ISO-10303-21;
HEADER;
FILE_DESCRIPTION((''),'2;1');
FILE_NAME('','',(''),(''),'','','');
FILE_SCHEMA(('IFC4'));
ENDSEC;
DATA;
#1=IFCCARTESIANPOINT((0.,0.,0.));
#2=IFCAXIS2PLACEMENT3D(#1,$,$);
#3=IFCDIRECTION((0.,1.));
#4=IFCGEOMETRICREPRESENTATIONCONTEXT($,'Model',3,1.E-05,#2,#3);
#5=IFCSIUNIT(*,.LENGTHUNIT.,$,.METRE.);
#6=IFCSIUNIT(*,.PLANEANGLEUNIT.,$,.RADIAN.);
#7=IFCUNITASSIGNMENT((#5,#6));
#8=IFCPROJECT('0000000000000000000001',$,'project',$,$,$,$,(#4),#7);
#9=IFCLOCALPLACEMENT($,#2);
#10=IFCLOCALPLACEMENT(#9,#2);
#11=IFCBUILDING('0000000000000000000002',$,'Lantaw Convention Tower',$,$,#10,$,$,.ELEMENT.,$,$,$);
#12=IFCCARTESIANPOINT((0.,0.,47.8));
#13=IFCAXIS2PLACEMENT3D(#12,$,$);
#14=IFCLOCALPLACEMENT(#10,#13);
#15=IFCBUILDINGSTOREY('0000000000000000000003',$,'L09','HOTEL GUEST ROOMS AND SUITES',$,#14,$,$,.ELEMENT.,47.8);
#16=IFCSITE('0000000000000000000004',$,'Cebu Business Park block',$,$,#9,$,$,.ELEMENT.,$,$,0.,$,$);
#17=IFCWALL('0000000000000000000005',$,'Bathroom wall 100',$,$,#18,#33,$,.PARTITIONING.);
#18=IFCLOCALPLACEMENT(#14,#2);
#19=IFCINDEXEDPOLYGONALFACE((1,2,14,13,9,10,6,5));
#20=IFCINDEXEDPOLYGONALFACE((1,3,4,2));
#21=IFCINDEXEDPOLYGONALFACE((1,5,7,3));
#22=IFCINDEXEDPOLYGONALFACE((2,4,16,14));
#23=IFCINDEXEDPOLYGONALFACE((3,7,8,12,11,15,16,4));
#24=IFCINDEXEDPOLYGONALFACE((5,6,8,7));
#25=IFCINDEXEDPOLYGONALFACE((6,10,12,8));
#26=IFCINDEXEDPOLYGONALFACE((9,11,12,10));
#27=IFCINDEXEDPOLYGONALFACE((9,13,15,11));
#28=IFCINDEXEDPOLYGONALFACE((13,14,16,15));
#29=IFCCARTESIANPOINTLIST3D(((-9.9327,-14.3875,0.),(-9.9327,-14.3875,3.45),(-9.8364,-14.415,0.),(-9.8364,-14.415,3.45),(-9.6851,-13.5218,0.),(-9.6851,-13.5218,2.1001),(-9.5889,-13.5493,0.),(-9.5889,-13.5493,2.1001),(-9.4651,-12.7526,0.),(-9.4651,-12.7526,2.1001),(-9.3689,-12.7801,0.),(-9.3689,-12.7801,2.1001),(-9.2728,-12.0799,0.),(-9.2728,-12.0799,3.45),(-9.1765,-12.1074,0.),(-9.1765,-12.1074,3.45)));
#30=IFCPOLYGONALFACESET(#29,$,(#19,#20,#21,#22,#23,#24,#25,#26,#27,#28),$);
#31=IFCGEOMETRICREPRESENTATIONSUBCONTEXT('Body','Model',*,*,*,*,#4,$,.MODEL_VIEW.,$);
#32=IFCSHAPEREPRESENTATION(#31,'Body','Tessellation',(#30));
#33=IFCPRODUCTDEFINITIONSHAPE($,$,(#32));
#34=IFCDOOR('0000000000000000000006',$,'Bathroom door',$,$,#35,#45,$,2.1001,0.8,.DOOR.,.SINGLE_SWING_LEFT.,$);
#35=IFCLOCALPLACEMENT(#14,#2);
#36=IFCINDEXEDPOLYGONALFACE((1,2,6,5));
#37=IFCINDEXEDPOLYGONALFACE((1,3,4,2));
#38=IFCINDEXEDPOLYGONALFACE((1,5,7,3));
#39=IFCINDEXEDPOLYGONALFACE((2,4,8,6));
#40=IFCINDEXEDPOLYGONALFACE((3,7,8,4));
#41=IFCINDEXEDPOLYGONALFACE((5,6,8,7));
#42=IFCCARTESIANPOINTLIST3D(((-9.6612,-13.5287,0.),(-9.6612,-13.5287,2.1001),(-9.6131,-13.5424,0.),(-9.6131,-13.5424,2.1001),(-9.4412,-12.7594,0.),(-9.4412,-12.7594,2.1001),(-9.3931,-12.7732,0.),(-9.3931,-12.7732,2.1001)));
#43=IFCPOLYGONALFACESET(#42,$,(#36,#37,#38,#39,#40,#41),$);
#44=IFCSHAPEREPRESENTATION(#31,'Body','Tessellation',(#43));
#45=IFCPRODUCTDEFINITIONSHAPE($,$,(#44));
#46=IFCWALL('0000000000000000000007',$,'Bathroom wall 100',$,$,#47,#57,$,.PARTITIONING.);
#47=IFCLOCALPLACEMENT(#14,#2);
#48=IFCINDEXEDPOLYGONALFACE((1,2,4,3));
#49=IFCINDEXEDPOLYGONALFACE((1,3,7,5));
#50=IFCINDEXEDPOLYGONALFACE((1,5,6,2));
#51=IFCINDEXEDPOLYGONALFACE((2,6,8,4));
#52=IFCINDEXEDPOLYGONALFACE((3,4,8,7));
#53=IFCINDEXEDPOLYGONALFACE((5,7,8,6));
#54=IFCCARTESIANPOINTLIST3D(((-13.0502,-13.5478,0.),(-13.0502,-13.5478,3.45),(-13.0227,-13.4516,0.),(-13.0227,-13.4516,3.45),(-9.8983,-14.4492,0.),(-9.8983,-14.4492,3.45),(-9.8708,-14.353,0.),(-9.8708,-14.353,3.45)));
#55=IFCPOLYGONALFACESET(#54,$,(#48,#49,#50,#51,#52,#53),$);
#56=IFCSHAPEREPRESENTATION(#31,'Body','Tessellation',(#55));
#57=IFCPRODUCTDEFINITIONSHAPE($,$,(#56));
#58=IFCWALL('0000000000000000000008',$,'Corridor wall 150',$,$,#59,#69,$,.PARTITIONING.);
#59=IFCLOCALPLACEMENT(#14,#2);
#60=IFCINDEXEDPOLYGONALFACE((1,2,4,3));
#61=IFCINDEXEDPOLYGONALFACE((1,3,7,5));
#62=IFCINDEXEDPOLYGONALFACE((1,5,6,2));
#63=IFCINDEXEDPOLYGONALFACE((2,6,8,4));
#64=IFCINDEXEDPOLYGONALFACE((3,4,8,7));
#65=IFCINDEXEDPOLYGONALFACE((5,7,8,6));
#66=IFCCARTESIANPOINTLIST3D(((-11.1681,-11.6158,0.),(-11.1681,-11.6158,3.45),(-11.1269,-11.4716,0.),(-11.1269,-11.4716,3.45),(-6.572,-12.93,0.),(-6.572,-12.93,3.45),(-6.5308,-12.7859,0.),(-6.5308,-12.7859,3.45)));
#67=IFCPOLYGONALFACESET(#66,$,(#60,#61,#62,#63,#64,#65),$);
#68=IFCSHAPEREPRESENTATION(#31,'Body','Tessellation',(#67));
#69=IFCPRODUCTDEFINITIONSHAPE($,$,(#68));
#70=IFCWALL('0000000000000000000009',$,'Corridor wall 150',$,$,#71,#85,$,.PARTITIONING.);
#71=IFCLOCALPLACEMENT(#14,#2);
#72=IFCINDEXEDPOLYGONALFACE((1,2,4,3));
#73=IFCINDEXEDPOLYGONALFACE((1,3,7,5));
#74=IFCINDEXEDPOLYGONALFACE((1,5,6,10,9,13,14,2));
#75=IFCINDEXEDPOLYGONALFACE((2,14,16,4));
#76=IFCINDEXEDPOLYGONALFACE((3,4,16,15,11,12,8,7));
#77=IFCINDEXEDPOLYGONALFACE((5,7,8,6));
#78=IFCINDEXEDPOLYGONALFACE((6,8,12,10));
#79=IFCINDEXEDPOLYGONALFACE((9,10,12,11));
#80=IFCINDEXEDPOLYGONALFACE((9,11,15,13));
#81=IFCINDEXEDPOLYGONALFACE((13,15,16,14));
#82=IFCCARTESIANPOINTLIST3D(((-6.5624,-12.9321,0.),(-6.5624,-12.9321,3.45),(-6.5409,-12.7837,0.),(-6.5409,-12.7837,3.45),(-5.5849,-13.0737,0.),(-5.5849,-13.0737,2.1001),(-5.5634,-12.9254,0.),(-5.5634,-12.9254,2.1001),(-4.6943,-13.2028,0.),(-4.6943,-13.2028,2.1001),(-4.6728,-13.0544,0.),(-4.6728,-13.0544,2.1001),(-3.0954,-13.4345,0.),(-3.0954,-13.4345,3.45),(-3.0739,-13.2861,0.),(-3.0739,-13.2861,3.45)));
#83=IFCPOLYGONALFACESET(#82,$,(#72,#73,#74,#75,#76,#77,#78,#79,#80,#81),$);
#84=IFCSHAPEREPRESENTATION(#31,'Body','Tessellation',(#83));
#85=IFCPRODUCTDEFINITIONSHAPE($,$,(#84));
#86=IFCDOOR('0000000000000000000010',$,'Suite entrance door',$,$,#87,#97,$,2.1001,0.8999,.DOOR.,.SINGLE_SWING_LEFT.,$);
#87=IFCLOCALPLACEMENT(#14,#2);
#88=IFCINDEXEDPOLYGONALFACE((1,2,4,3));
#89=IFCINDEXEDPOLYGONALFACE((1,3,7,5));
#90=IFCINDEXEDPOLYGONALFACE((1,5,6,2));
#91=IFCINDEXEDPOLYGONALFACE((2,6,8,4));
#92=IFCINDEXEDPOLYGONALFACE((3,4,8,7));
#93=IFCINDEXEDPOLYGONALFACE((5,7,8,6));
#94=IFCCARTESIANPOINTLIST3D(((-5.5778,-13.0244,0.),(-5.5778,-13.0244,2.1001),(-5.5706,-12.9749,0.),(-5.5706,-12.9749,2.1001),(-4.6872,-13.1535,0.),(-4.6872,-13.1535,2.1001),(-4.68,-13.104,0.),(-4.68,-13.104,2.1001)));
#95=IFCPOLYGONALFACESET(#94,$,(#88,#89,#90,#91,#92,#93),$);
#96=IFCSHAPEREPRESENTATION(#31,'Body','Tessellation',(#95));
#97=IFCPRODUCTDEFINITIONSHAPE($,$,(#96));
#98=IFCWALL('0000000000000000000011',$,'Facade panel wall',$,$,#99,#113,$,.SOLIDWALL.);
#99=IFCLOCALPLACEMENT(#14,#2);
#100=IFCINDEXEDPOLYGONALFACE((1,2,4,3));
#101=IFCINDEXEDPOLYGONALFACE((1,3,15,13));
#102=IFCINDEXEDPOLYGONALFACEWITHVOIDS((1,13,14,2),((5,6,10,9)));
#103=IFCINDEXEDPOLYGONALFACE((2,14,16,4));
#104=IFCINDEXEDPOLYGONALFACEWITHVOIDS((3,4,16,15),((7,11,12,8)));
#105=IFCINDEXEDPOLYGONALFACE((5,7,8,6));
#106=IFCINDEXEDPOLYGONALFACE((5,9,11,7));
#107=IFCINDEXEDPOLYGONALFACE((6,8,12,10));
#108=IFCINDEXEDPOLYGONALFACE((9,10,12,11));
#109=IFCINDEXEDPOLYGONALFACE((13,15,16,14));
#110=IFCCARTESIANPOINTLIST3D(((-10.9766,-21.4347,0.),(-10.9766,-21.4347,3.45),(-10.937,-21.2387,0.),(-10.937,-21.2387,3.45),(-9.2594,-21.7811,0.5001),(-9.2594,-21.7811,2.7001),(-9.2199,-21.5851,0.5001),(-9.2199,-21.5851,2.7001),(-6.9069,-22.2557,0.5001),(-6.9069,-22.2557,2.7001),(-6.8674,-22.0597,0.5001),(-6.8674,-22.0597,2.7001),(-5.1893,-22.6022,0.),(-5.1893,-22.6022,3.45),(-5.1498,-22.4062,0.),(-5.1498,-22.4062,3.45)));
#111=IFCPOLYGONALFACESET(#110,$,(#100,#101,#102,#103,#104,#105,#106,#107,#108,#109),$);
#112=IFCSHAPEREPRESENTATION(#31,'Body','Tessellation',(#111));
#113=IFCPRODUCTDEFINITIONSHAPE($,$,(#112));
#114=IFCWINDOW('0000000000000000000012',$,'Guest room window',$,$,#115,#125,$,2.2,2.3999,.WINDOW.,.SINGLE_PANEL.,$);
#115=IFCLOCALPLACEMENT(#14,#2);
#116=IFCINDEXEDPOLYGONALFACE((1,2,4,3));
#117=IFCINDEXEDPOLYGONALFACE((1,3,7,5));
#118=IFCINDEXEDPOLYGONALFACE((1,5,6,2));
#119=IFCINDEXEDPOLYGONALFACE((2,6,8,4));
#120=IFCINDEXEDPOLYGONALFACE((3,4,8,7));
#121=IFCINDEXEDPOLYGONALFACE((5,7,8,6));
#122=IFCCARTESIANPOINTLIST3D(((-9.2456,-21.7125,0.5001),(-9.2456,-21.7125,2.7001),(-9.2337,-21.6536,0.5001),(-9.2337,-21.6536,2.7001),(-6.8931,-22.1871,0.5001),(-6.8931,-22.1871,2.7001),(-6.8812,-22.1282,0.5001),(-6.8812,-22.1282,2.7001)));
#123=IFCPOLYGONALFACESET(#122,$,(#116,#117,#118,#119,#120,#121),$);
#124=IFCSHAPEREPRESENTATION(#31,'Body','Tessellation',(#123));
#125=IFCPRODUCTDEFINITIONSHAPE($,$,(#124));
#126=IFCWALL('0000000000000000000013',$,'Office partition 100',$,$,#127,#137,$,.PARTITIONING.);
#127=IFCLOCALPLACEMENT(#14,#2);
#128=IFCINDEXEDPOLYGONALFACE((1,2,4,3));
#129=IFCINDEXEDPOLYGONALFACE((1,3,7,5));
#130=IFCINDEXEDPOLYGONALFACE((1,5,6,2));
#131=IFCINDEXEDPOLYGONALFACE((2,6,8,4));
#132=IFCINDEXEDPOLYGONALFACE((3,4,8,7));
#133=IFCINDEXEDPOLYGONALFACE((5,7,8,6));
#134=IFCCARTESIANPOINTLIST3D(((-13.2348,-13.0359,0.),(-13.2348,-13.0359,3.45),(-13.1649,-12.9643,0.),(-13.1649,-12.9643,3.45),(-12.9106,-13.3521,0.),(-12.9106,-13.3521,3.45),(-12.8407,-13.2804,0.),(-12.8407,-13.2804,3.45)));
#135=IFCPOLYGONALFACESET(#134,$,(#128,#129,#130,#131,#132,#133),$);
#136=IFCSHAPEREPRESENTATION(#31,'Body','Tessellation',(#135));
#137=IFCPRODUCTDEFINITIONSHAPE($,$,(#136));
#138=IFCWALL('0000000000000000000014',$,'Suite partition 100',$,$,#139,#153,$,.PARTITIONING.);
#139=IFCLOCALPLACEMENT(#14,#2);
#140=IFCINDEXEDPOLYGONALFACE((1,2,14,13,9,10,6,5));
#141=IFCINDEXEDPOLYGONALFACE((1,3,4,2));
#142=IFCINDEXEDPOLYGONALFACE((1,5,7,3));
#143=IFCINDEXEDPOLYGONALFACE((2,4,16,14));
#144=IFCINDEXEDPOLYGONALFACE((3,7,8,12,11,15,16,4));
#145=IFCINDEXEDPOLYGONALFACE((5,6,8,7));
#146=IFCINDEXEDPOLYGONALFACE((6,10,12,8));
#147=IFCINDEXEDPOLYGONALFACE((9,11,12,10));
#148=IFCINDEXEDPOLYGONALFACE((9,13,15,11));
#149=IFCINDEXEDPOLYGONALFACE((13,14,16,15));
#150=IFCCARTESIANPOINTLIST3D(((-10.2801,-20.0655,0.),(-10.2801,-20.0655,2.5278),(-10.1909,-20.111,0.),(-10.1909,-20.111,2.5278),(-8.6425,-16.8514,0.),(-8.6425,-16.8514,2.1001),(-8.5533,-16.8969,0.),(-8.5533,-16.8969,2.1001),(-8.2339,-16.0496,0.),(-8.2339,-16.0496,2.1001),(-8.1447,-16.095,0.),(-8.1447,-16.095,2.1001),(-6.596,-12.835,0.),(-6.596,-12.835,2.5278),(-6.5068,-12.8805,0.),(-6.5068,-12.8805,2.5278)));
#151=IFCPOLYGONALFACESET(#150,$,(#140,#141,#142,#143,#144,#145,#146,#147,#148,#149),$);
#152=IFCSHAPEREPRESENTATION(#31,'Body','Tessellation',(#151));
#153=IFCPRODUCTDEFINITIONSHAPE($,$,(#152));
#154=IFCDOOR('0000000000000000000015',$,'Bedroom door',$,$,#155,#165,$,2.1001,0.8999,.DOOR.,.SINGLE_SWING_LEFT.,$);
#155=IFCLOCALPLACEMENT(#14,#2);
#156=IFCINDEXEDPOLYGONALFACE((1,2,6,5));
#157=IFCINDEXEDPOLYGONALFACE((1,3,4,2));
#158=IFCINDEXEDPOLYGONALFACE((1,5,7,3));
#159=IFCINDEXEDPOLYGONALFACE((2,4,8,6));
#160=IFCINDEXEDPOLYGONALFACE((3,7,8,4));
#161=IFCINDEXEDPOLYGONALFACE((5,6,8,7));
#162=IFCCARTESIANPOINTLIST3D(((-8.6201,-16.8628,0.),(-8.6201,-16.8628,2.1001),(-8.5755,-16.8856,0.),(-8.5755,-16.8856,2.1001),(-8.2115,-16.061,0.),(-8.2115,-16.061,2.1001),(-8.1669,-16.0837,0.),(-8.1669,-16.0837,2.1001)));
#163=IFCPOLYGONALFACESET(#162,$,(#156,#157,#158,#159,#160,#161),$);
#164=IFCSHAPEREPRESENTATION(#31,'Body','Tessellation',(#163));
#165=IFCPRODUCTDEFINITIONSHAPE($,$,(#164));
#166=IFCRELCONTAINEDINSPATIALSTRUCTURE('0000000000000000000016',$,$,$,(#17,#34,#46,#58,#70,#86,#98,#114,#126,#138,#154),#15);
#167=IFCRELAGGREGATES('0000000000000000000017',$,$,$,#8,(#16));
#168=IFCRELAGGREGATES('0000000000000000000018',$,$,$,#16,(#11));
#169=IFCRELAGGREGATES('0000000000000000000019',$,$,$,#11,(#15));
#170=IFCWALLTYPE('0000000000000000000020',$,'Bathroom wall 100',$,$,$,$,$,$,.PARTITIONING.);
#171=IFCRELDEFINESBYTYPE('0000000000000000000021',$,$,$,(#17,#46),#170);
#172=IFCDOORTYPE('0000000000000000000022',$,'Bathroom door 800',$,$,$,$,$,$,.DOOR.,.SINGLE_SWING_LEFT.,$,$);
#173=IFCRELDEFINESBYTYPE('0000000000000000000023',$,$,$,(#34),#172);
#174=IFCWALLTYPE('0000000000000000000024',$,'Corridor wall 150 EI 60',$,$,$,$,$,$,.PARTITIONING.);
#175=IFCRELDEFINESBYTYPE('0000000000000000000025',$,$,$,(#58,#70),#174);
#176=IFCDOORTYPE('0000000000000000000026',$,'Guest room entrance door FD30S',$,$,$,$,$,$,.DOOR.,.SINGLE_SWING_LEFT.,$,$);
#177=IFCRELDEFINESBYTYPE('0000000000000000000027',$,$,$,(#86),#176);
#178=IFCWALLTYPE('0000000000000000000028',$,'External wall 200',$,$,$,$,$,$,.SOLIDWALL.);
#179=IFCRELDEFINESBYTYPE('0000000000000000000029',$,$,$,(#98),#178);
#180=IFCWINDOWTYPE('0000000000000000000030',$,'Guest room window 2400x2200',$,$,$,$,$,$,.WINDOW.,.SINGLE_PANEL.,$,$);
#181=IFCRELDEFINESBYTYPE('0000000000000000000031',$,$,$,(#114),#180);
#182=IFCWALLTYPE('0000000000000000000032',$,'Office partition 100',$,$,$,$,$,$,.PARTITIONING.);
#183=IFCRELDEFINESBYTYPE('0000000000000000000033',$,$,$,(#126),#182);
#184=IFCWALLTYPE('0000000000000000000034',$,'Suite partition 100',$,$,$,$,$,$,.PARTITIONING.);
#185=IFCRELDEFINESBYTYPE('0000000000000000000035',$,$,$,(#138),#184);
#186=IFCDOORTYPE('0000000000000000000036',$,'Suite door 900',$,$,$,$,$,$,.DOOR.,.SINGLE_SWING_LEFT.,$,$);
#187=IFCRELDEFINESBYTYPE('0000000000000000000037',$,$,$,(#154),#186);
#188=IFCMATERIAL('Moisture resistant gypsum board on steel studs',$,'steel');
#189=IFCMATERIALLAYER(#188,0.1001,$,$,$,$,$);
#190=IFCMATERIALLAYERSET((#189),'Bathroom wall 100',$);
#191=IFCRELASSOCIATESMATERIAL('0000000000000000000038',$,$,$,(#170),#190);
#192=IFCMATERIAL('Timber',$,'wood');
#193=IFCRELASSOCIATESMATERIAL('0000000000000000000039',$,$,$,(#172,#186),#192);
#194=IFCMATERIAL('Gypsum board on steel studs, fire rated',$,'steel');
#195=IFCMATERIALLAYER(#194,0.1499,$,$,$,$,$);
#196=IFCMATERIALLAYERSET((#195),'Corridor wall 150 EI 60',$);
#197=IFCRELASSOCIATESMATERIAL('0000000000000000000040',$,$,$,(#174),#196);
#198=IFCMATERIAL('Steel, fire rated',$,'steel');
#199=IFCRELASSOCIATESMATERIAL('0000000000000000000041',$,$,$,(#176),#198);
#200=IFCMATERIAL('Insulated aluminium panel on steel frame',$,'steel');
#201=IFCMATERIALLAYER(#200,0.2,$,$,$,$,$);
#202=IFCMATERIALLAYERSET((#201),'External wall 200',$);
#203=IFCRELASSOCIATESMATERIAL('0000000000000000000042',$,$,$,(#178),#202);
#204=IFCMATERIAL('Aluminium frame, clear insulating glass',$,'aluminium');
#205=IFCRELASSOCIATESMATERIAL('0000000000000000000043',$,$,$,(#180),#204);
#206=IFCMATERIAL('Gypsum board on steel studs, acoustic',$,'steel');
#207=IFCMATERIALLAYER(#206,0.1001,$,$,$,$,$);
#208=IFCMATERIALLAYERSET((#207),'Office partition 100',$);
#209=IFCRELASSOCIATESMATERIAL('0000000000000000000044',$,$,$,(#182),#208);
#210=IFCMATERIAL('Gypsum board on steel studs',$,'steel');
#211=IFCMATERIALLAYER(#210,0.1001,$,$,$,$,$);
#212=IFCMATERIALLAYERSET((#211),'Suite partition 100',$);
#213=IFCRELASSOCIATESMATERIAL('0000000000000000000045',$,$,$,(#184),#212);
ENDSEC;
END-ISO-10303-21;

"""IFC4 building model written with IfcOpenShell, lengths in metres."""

from ifc_helpers import new_model, si_unit, direction, frame, frame_2d, origin, place, context, subcontext, project, spatial, rectangle, extrude, material, layer, layer_set, type_object, element, fill, save


model = new_model("IFC4")

# Units and contexts
model_context = context("Model", 3, precision=1e-05, world=origin(), true_north=direction((0.0, 1.0)))
body_context = subcontext(model_context, "Body", "Model", "MODEL_VIEW")
ifc_project = project(units=[si_unit("LENGTHUNIT", "METRE"), si_unit("PLANEANGLEUNIT", "RADIAN")], contexts=[model_context])

# Site, building, storey
site_placement = place(None, origin())
site = spatial("IfcSite", under=ifc_project, at=site_placement, Name="Cebu Business Park block", CompositionType="ELEMENT", RefElevation=0.0)
building_placement = place(site_placement, origin())
building = spatial("IfcBuilding", under=site, at=building_placement, Name="Lantaw Convention Tower", CompositionType="ELEMENT")
storey_placement = place(building_placement, frame((0.0, 0.0, 47.8)))
storey = spatial("IfcBuildingStorey", under=building, at=storey_placement, Name="L09", Description="HOTEL GUEST ROOMS AND SUITES", CompositionType="ELEMENT", Elevation=47.8)

# Wall, opening, door
ifc_material_1 = material(Name="Moisture resistant gypsum board on steel studs", Category="steel")
ifc_layer_1 = layer(ifc_material_1, 0.1001)
ifc_layer_set_1 = layer_set([ifc_layer_1], Name="Bathroom wall 100")
wall_type_1 = type_object("IfcWallType", Name="Bathroom wall 100", PredefinedType="PARTITIONING", material=ifc_layer_set_1)
wall_1_placement = place(storey_placement, frame((-9.2246, -12.0935, 0.0), z_axis=(0.0, 0.0, 1.0), x_axis=(-0.27495, -0.961459, 0.0)))
wall_1 = element("IfcWall", 1, at=wall_1_placement, inside=storey, type_object=wall_type_1, Name="Bathroom wall 100", PredefinedType="PARTITIONING", context=body_context, shape_type="SweptSolid", body=[
    extrude(rectangle(XDim=2.4001, YDim=0.1001, at=frame_2d((1.2002, 0.0))), origin(), (0.0, 0.0, 1.0), 3.45),
])
opening_1_placement = place(wall_1_placement, frame((0.7, 0.0, 0.0)))
opening_1 = element("IfcOpeningElement", 2, at=opening_1_placement, cuts=wall_1, PredefinedType="OPENING", context=body_context, shape_type="SweptSolid", body=[
    extrude(rectangle(XDim=0.8, YDim=2.1001, at=frame_2d((0.3999, 1.05))), frame((0.0, 0.0601, 0.0), z_axis=(0.0, -1.0, 0.0), x_axis=(1.0, 0.0, 0.0)), (0.0, 0.0, 1.0), 0.1201),
])
ifc_material_2 = material(Name="Timber", Category="wood")
door_type_1 = type_object("IfcDoorType", Name="Bathroom door 800", OperationType="SINGLE_SWING_LEFT", PredefinedType="DOOR", material=ifc_material_2)
door_1_placement = place(opening_1_placement, origin())
door_1 = element("IfcDoor", 3, at=door_1_placement, inside=storey, type_object=door_type_1, Name="Bathroom door", OperationType="SINGLE_SWING_LEFT", OverallHeight=2.1001, OverallWidth=0.8, PredefinedType="DOOR", context=body_context, shape_type="SweptSolid", body=[
    extrude(rectangle(XDim=0.8, YDim=2.1001, at=frame_2d((0.3999, 1.05))), frame((0.0, 0.0249, 0.0), z_axis=(0.0, -1.0, 0.0), x_axis=(1.0, 0.0, 0.0)), (0.0, 0.0, 1.0), 0.05),
])
fill(opening_1, door_1)

# Walls
wall_2_placement = place(storey_placement, frame((-9.8845, -14.4011, 0.0), z_axis=(0.0, 0.0, 1.0), x_axis=(-0.961456, 0.274957, 0.0)))
element("IfcWall", 4, at=wall_2_placement, inside=storey, type_object=wall_type_1, Name="Bathroom wall 100", PredefinedType="PARTITIONING", context=body_context, shape_type="SweptSolid", body=[
    extrude(rectangle(XDim=3.2783, YDim=0.1001, at=frame_2d((1.6392, 0.0))), origin(), (0.0, 0.0, 1.0), 3.45),
])
ifc_material_3 = material(Name="Gypsum board on steel studs, fire rated", Category="steel")
ifc_layer_2 = layer(ifc_material_3, 0.1499)
ifc_layer_set_2 = layer_set([ifc_layer_2], Name="Corridor wall 150 EI 60")
wall_type_2 = type_object("IfcWallType", Name="Corridor wall 150 EI 60", PredefinedType="PARTITIONING", material=ifc_layer_set_2)
wall_3_placement = place(storey_placement, frame((-11.1475, -11.5437, 0.0), z_axis=(0.0, 0.0, 1.0), x_axis=(0.961464, -0.27493, 0.0)))
element("IfcWall", 5, at=wall_3_placement, inside=storey, type_object=wall_type_2, Name="Corridor wall 150", PredefinedType="PARTITIONING", context=body_context, shape_type="SweptSolid", body=[
    extrude(rectangle(XDim=4.7803, YDim=0.1499, at=frame_2d((2.3901, 0.0))), origin(), (0.0, 0.0, 1.0), 3.45),
])

# Wall, opening, door
wall_4_placement = place(storey_placement, frame((-6.5515, -12.8579, 0.0), z_axis=(0.0, 0.0, 1.0), x_axis=(0.989662, -0.143421, 0.0)))
wall_4 = element("IfcWall", 6, at=wall_4_placement, inside=storey, type_object=wall_type_2, Name="Corridor wall 150", PredefinedType="PARTITIONING", context=body_context, shape_type="SweptSolid", body=[
    extrude(rectangle(XDim=3.5032, YDim=0.1499, at=frame_2d((1.7515, 0.0))), origin(), (0.0, 0.0, 1.0), 3.45),
])
opening_2_placement = place(wall_4_placement, frame((0.9875, 0.0, 0.0)))
opening_2 = element("IfcOpeningElement", 7, at=opening_2_placement, cuts=wall_4, PredefinedType="OPENING", context=body_context, shape_type="SweptSolid", body=[
    extrude(rectangle(XDim=0.8999, YDim=2.1001, at=frame_2d((0.45, 1.05))), frame((0.0, 0.085, 0.0), z_axis=(0.0, -1.0, 0.0), x_axis=(1.0, 0.0, 0.0)), (0.0, 0.0, 1.0), 0.1699),
])
ifc_material_4 = material(Name="Steel, fire rated", Category="steel")
door_type_2 = type_object("IfcDoorType", Name="Guest room entrance door FD30S", OperationType="SINGLE_SWING_LEFT", PredefinedType="DOOR", material=ifc_material_4)
door_2_placement = place(opening_2_placement, origin())
door_2 = element("IfcDoor", 8, at=door_2_placement, inside=storey, type_object=door_type_2, Name="Suite entrance door", OperationType="SINGLE_SWING_LEFT", OverallHeight=2.1001, OverallWidth=0.8999, PredefinedType="DOOR", context=body_context, shape_type="SweptSolid", body=[
    extrude(rectangle(XDim=0.8999, YDim=2.1001, at=frame_2d((0.45, 1.05))), frame((0.0, 0.0249, 0.0), z_axis=(0.0, -1.0, 0.0), x_axis=(1.0, 0.0, 0.0)), (0.0, 0.0, 1.0), 0.05),
])
fill(opening_2, door_2)

# Wall, opening, window
ifc_material_5 = material(Name="Insulated aluminium panel on steel frame", Category="steel")
ifc_layer_3 = layer(ifc_material_5, 0.2)
ifc_layer_set_3 = layer_set([ifc_layer_3], Name="External wall 200")
wall_type_3 = type_object("IfcWallType", Name="External wall 200", PredefinedType="SOLIDWALL", material=ifc_layer_set_3)
wall_5_placement = place(storey_placement, frame((-10.9568, -21.3367, 0.0), z_axis=(0.0, 0.0, 1.0), x_axis=(0.980252, -0.197754, 0.0)))
wall_5 = element("IfcWall", 9, at=wall_5_placement, inside=storey, type_object=wall_type_3, Name="Facade panel wall", PredefinedType="SOLIDWALL", context=body_context, shape_type="SweptSolid", body=[
    extrude(rectangle(XDim=5.9038, YDim=0.2, at=frame_2d((2.9519, 0.0))), origin(), (0.0, 0.0, 1.0), 3.45),
])
opening_3_placement = place(wall_5_placement, frame((1.7517, 0.0, 0.5)))
opening_3 = element("IfcOpeningElement", 10, at=opening_3_placement, cuts=wall_5, PredefinedType="OPENING", context=body_context, shape_type="SweptSolid", body=[
    extrude(rectangle(XDim=2.3999, YDim=2.2, at=frame_2d((1.2, 1.1001))), frame((0.0, 0.1099, 0.0), z_axis=(0.0, -1.0, 0.0), x_axis=(1.0, 0.0, 0.0)), (0.0, 0.0, 1.0), 0.22),
])
ifc_material_6 = material(Name="Aluminium frame, clear insulating glass", Category="aluminium")
window_type = type_object("IfcWindowType", Name="Guest room window 2400x2200", PartitioningType="SINGLE_PANEL", PredefinedType="WINDOW", material=ifc_material_6)
window_placement = place(opening_3_placement, origin())
window = element("IfcWindow", 11, at=window_placement, inside=storey, type_object=window_type, Name="Guest room window", OverallHeight=2.2, OverallWidth=2.3999, PartitioningType="SINGLE_PANEL", PredefinedType="WINDOW", context=body_context, shape_type="SweptSolid", body=[
    extrude(rectangle(XDim=2.3999, YDim=2.2, at=frame_2d((1.2, 1.1001))), frame((0.0, 0.03, 0.0), z_axis=(0.0, -1.0, 0.0), x_axis=(1.0, 0.0, 0.0)), (0.0, 0.0, 1.0), 0.0601),
])
fill(opening_3, window)

# Wall
ifc_material_7 = material(Name="Gypsum board on steel studs, acoustic", Category="steel")
ifc_layer_4 = layer(ifc_material_7, 0.1001)
ifc_layer_set_4 = layer_set([ifc_layer_4], Name="Office partition 100")
wall_type_4 = type_object("IfcWallType", Name="Office partition 100", PredefinedType="PARTITIONING", material=ifc_layer_set_4)
wall_6_placement = place(storey_placement, frame((-13.2, -13.0, 0.0), z_axis=(0.0, 0.0, 1.0), x_axis=(0.715946, -0.698155, 0.0)))
element("IfcWall", 12, at=wall_6_placement, inside=storey, type_object=wall_type_4, Name="Office partition 100", PredefinedType="PARTITIONING", context=body_context, shape_type="SweptSolid", body=[
    extrude(rectangle(XDim=0.4529, YDim=0.1001, at=frame_2d((0.2266, 0.0))), origin(), (0.0, 0.0, 1.0), 3.45),
])

# Wall, opening, door
ifc_material_8 = material(Name="Gypsum board on steel studs", Category="steel")
ifc_layer_5 = layer(ifc_material_8, 0.1001)
ifc_layer_set_5 = layer_set([ifc_layer_5], Name="Suite partition 100")
wall_type_5 = type_object("IfcWallType", Name="Suite partition 100", PredefinedType="PARTITIONING", material=ifc_layer_set_5)
wall_7_placement = place(storey_placement, frame((-10.2356, -20.0884, 0.0), z_axis=(0.0, 0.0, 1.0), x_axis=(0.453988, 0.891008, 0.0)))
wall_7 = element("IfcWall", 13, at=wall_7_placement, inside=storey, type_object=wall_type_5, Name="Suite partition 100", PredefinedType="PARTITIONING", context=body_context, shape_type="SweptSolid", body=[
    extrude(rectangle(XDim=8.115, YDim=0.1001, at=frame_2d((4.0576, 0.0))), origin(), (0.0, 0.0, 1.0), 2.5278),
])
opening_4_placement = place(wall_7_placement, frame((3.6074, 0.0, 0.0)))
opening_4 = element("IfcOpeningElement", 14, at=opening_4_placement, cuts=wall_7, PredefinedType="OPENING", context=body_context, shape_type="SweptSolid", body=[
    extrude(rectangle(XDim=0.8999, YDim=2.1001, at=frame_2d((0.45, 1.05))), frame((0.0, 0.0601, 0.0), z_axis=(0.0, -1.0, 0.0), x_axis=(1.0, 0.0, 0.0)), (0.0, 0.0, 1.0), 0.1201),
])
door_type_3 = type_object("IfcDoorType", Name="Suite door 900", OperationType="SINGLE_SWING_LEFT", PredefinedType="DOOR", material=ifc_material_2)
door_3_placement = place(opening_4_placement, origin())
door_3 = element("IfcDoor", 15, at=door_3_placement, inside=storey, type_object=door_type_3, Name="Bedroom door", OperationType="SINGLE_SWING_LEFT", OverallHeight=2.1001, OverallWidth=0.8999, PredefinedType="DOOR", context=body_context, shape_type="SweptSolid", body=[
    extrude(rectangle(XDim=0.8999, YDim=2.1001, at=frame_2d((0.45, 1.05))), frame((0.0, 0.0249, 0.0), z_axis=(0.0, -1.0, 0.0), x_axis=(1.0, 0.0, 0.0)), (0.0, 0.0, 1.0), 0.05),
])
fill(opening_4, door_3)

save(model, "model.ifc")
